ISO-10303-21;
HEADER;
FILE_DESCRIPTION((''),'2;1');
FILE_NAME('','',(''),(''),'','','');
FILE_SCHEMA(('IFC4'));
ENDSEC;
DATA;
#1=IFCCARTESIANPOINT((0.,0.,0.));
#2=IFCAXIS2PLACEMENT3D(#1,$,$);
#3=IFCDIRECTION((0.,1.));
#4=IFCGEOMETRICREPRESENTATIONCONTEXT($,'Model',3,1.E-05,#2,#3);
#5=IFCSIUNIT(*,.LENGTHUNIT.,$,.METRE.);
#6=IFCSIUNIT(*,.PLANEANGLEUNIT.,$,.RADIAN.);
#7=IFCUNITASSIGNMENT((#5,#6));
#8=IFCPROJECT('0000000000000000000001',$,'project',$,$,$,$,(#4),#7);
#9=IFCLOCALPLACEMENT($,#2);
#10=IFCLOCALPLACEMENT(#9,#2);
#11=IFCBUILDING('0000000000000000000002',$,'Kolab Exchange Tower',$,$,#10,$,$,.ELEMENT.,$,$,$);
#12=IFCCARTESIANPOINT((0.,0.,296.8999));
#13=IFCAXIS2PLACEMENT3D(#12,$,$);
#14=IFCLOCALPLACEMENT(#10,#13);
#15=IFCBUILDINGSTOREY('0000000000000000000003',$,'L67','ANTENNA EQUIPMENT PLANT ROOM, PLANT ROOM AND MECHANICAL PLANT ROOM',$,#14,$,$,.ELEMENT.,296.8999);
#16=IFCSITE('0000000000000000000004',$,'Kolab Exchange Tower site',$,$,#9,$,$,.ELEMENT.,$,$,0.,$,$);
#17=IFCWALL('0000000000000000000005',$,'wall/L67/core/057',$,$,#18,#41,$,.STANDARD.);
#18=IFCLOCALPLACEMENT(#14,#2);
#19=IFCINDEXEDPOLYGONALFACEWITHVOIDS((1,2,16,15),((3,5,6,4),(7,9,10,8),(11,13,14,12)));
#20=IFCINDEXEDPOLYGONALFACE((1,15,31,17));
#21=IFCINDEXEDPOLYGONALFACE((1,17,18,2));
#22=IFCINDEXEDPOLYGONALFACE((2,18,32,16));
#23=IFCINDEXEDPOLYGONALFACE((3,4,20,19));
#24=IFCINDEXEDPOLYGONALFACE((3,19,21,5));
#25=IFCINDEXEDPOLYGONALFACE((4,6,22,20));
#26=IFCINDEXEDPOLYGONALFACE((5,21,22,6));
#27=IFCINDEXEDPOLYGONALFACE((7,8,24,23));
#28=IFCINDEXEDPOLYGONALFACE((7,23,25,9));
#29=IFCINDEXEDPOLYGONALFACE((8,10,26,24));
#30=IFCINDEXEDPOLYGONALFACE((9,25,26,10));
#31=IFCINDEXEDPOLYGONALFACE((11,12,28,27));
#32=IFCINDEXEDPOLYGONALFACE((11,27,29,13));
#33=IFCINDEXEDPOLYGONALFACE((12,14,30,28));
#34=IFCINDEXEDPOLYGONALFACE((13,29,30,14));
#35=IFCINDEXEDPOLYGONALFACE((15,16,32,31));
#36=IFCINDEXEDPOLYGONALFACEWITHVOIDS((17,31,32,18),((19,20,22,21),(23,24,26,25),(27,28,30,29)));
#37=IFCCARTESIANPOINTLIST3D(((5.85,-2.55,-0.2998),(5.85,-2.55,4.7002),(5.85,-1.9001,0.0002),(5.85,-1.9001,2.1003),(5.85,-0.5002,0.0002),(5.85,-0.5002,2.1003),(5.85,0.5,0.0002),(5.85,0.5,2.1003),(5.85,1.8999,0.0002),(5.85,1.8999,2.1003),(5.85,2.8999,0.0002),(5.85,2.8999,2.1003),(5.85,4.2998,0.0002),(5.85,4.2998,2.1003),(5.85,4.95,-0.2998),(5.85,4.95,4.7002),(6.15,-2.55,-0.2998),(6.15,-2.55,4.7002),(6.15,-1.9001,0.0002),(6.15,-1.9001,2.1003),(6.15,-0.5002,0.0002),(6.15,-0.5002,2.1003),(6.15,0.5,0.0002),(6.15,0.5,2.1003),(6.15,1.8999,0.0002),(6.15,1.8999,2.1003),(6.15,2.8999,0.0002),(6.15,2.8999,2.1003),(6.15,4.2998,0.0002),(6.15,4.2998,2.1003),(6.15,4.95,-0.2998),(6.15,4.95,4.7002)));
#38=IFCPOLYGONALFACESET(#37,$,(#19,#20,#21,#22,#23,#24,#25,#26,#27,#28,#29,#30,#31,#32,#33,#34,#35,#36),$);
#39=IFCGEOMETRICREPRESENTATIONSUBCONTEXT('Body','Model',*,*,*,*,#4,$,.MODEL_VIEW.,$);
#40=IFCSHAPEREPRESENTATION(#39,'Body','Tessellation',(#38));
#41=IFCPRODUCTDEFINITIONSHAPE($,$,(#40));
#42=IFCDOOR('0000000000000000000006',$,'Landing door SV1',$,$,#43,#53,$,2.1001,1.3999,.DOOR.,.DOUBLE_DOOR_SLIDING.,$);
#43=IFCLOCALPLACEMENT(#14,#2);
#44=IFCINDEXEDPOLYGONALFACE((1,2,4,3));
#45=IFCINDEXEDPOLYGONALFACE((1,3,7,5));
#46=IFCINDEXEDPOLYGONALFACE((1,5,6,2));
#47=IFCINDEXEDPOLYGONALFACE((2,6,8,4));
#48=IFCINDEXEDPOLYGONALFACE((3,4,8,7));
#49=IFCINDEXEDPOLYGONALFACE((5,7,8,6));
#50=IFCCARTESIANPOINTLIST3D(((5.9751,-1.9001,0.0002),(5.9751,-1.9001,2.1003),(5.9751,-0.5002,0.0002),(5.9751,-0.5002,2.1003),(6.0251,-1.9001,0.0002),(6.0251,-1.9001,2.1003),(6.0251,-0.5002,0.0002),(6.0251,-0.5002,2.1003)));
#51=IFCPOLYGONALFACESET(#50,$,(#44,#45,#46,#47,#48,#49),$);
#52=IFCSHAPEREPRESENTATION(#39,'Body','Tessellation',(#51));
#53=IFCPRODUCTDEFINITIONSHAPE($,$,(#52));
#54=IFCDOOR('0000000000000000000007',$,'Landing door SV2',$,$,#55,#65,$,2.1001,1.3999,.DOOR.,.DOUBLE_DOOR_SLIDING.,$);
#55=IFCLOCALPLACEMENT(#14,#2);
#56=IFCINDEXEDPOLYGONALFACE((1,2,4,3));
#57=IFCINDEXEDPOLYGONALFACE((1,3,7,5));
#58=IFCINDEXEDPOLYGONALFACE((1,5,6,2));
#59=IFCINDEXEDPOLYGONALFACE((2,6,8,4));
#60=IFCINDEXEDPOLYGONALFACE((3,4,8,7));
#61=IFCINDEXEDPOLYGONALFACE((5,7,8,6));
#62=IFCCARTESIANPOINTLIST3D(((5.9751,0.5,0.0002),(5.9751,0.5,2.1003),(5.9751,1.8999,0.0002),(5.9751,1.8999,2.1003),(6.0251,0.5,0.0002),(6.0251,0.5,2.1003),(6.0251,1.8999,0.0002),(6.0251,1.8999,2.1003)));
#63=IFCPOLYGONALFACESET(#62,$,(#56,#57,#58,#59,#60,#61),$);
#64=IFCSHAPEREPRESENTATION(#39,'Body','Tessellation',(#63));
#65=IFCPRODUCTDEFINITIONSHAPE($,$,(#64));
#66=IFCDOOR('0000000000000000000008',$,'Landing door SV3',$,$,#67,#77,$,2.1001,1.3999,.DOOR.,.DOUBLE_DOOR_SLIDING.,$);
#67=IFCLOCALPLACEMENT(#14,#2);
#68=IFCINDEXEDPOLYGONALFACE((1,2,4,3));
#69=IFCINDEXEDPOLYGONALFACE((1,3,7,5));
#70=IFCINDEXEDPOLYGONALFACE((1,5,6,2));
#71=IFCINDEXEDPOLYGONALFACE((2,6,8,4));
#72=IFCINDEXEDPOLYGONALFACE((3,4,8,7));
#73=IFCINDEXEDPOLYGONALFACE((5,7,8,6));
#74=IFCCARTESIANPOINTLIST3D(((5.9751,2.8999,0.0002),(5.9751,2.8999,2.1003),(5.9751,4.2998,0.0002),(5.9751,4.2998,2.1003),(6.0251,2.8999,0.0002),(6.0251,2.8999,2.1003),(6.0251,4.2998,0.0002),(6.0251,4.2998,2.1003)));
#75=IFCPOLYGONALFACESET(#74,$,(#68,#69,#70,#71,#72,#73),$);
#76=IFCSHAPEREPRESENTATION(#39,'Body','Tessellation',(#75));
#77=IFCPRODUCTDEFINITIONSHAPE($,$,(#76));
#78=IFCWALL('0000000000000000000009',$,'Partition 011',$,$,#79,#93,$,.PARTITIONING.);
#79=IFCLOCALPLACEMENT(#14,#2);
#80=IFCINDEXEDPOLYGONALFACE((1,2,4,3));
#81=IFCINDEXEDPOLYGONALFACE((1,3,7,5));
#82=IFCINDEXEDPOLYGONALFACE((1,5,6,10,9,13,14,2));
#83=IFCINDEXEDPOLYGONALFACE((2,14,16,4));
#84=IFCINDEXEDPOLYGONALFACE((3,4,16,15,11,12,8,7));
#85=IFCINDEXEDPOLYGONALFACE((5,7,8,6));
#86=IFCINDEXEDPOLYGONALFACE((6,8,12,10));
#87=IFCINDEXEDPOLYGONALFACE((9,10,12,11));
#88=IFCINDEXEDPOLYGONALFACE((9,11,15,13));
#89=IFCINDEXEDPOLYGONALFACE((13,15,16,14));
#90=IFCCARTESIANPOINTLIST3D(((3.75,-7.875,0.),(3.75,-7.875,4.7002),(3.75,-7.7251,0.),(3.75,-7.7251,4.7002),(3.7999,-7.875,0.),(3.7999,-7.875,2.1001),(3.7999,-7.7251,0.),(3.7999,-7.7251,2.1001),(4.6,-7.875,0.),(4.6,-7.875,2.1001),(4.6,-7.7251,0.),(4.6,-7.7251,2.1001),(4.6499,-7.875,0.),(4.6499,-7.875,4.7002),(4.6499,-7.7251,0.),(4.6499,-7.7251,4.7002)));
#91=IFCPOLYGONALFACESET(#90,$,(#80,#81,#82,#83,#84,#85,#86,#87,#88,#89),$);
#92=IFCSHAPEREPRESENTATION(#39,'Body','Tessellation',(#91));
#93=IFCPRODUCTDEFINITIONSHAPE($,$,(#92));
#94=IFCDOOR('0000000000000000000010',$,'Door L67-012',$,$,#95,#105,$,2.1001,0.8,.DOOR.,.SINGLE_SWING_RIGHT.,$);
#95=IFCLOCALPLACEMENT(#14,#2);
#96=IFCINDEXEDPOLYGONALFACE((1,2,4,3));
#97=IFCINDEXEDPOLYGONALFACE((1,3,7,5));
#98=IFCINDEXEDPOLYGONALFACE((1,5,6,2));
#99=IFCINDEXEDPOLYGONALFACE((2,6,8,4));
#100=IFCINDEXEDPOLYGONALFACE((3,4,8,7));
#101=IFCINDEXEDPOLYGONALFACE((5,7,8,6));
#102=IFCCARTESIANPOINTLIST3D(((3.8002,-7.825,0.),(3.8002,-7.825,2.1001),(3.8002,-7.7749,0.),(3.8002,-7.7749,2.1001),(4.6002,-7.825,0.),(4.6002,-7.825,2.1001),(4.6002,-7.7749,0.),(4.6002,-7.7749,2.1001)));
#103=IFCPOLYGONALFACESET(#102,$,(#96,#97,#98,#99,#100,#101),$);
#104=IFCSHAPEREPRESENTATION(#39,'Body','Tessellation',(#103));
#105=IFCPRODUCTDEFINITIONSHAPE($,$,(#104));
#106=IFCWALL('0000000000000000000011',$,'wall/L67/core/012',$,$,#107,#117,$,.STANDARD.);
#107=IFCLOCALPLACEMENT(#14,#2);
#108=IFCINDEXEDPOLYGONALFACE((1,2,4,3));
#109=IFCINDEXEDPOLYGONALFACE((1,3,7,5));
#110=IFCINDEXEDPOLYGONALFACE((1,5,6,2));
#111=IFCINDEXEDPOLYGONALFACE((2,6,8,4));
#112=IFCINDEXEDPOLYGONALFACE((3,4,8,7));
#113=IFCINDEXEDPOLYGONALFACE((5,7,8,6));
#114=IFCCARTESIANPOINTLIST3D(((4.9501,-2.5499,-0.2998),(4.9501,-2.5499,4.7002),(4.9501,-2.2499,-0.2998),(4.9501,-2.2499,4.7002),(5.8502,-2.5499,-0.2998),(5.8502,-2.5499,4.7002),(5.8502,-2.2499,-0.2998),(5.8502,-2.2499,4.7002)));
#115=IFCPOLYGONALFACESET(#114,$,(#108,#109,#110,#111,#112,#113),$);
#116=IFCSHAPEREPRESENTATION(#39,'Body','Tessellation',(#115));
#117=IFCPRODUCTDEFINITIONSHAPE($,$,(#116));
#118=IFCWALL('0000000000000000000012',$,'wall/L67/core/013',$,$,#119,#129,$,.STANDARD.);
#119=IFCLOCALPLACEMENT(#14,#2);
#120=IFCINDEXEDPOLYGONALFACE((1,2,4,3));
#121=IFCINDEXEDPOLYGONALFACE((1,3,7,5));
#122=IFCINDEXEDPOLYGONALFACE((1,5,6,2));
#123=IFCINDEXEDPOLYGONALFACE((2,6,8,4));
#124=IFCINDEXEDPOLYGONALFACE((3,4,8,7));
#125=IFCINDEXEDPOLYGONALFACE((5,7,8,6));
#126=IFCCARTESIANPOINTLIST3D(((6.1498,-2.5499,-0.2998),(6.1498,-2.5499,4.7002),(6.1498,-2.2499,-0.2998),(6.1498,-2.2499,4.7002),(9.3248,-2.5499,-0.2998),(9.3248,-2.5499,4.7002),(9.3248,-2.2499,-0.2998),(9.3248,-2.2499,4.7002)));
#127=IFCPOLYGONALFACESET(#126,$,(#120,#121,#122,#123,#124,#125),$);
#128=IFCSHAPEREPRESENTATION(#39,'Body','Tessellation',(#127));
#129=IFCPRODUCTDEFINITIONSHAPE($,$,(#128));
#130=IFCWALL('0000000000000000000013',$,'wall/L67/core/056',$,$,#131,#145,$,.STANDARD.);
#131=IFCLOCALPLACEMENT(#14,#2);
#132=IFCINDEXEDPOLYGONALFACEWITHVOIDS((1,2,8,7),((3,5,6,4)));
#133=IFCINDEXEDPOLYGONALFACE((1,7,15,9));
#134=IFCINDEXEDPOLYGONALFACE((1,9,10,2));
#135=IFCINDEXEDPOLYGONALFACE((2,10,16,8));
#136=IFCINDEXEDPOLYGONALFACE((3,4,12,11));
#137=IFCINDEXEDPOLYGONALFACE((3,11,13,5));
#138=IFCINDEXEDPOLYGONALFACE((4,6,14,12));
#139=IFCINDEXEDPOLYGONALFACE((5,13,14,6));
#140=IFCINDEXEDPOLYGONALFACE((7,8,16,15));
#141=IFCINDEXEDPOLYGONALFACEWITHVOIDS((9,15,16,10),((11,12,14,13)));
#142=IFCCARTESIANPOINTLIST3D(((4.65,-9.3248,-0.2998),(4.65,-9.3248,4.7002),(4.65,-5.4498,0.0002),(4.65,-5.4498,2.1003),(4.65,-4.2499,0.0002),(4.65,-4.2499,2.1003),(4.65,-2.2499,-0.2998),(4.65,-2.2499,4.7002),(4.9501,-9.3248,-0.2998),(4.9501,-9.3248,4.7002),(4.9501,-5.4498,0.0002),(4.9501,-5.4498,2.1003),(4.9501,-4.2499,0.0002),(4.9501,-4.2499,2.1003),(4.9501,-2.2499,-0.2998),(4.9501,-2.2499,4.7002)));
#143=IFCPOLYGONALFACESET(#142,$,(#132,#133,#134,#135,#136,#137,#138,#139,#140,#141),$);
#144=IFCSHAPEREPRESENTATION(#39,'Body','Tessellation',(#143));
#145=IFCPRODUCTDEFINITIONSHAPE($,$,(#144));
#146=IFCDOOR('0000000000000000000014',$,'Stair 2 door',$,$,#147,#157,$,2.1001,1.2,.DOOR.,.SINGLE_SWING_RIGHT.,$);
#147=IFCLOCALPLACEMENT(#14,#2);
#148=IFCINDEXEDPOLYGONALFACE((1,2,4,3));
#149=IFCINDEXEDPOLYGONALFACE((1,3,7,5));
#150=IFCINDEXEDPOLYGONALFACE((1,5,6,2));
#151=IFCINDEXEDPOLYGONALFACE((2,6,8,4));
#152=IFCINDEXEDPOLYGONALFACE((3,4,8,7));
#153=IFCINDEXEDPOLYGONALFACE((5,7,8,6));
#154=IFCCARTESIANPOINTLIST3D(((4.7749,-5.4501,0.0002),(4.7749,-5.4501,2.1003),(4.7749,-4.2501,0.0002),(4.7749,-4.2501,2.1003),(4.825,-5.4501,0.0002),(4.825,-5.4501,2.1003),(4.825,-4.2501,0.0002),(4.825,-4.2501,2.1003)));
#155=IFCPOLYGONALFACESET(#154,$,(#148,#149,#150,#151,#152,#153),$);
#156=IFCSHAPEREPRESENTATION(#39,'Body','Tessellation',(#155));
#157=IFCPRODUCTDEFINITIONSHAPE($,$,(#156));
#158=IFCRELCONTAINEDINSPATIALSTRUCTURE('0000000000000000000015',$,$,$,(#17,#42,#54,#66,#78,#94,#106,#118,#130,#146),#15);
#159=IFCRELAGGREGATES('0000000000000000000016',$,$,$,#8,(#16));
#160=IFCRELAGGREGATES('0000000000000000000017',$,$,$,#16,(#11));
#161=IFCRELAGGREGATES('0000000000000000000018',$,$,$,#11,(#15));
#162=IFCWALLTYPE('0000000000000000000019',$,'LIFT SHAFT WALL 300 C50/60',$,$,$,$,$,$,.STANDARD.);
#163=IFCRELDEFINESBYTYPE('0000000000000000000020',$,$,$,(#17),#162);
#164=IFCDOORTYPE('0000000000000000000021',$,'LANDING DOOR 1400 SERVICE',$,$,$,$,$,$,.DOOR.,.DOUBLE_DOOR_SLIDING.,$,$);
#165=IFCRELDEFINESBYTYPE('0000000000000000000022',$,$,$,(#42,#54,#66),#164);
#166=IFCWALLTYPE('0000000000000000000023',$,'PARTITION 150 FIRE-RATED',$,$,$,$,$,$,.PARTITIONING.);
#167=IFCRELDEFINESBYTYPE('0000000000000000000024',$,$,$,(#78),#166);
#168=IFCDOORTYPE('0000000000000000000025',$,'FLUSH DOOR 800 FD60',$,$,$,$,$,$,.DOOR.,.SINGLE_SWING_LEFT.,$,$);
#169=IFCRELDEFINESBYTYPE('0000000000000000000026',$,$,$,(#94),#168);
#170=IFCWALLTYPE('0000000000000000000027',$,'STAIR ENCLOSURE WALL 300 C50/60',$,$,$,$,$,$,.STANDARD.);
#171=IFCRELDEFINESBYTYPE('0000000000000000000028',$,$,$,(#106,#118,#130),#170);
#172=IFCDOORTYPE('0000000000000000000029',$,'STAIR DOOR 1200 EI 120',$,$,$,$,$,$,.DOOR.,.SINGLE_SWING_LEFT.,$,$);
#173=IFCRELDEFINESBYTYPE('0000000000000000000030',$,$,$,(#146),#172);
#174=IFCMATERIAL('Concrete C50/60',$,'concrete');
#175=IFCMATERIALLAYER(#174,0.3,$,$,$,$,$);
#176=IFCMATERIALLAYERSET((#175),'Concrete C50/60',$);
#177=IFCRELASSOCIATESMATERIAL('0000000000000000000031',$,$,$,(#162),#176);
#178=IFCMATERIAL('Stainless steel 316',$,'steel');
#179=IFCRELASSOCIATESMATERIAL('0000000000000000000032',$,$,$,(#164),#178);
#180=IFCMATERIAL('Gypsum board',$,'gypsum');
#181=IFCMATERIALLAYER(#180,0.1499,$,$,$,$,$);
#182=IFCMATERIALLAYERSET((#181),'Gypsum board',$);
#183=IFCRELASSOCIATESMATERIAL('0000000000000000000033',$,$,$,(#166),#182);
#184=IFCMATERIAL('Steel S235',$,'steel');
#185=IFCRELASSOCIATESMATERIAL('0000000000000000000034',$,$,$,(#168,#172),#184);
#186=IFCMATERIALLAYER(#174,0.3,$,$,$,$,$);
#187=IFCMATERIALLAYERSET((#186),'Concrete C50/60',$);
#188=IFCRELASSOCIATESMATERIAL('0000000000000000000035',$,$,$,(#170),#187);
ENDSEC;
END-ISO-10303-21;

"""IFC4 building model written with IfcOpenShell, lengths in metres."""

from ifc_helpers import new_model, si_unit, direction, frame, frame_2d, origin, place, context, subcontext, project, spatial, rectangle, extrude, material, layer, layer_set, type_object, element, fill, save


model = new_model("IFC4")

# Units and contexts
model_context = context("Model", 3, precision=1e-05, world=origin(), true_north=direction((0.0, 1.0)))
body_context = subcontext(model_context, "Body", "Model", "MODEL_VIEW")
ifc_project = project(units=[si_unit("LENGTHUNIT", "METRE"), si_unit("PLANEANGLEUNIT", "RADIAN")], contexts=[model_context])

# Site, building, storey
site_placement = place(None, origin())
site = spatial("IfcSite", under=ifc_project, at=site_placement, Name="Kolab Exchange Tower site", CompositionType="ELEMENT", RefElevation=0.0)
building_placement = place(site_placement, origin())
building = spatial("IfcBuilding", under=site, at=building_placement, Name="Kolab Exchange Tower", CompositionType="ELEMENT")
storey_placement = place(building_placement, frame((0.0, 0.0, 296.8999)))
storey = spatial("IfcBuildingStorey", under=building, at=storey_placement, Name="L67", Description="ANTENNA EQUIPMENT PLANT ROOM, PLANT ROOM AND MECHANICAL PLANT ROOM", CompositionType="ELEMENT", Elevation=296.8999)

# Shared definitions
ifc_material_1 = material(Name="Concrete C50/60", Category="concrete")
ifc_layer_1 = layer(ifc_material_1, 0.3)
ifc_layer_set_1 = layer_set([ifc_layer_1], Name="Concrete C50/60")
wall_type_1 = type_object("IfcWallType", Name="LIFT SHAFT WALL 300 C50/60", PredefinedType="STANDARD", material=ifc_layer_set_1)

# Wall, openings, doors
wall_1_placement = place(storey_placement, frame((6.0, -2.55, -0.2998), z_axis=(0.0, 0.0, 1.0), x_axis=(0.0, 1.0, 0.0)))
wall_1 = element("IfcWall", 1, at=wall_1_placement, inside=storey, type_object=wall_type_1, Name="wall/L67/core/057", PredefinedType="STANDARD", context=body_context, shape_type="SweptSolid", body=[
    extrude(rectangle(XDim=7.5, YDim=0.3, at=frame_2d((3.75, 0.0))), origin(), (0.0, 0.0, 1.0), 5.0),
])
opening_1_placement = place(wall_1_placement, frame((0.6499, 0.0, 0.3)))
opening_1 = element("IfcOpeningElement", 2, at=opening_1_placement, cuts=wall_1, PredefinedType="OPENING", context=body_context, shape_type="SweptSolid", body=[
    extrude(rectangle(XDim=1.3999, YDim=2.1001, at=frame_2d((0.7, 1.05))), frame((0.0, 0.1602, 0.0), z_axis=(0.0, -1.0, 0.0), x_axis=(1.0, 0.0, 0.0)), (0.0, 0.0, 1.0), 0.3201),
])
opening_2_placement = place(wall_1_placement, frame((3.05, 0.0, 0.3)))
opening_2 = element("IfcOpeningElement", 3, at=opening_2_placement, cuts=wall_1, PredefinedType="OPENING", context=body_context, shape_type="SweptSolid", body=[
    extrude(rectangle(XDim=1.3999, YDim=2.1001, at=frame_2d((0.7, 1.05))), frame((0.0, 0.1602, 0.0), z_axis=(0.0, -1.0, 0.0), x_axis=(1.0, 0.0, 0.0)), (0.0, 0.0, 1.0), 0.3201),
])
opening_3_placement = place(wall_1_placement, frame((5.45, 0.0, 0.3)))
opening_3 = element("IfcOpeningElement", 4, at=opening_3_placement, cuts=wall_1, PredefinedType="OPENING", context=body_context, shape_type="SweptSolid", body=[
    extrude(rectangle(XDim=1.3999, YDim=2.1001, at=frame_2d((0.7, 1.05))), frame((0.0, 0.1602, 0.0), z_axis=(0.0, -1.0, 0.0), x_axis=(1.0, 0.0, 0.0)), (0.0, 0.0, 1.0), 0.3201),
])
ifc_material_2 = material(Name="Stainless steel 316", Category="steel")
door_type_1 = type_object("IfcDoorType", Name="LANDING DOOR 1400 SERVICE", OperationType="DOUBLE_DOOR_SLIDING", PredefinedType="DOOR", material=ifc_material_2)
door_1_placement = place(opening_1_placement, origin())
door_1 = element("IfcDoor", 5, at=door_1_placement, inside=storey, type_object=door_type_1, Name="Landing door SV1", OperationType="DOUBLE_DOOR_SLIDING", OverallHeight=2.1001, OverallWidth=1.3999, PredefinedType="DOOR", context=body_context, shape_type="SweptSolid", body=[
    extrude(rectangle(XDim=1.3999, YDim=2.1001, at=frame_2d((0.7, 1.05))), frame((0.0, 0.0249, 0.0), z_axis=(0.0, -1.0, 0.0), x_axis=(1.0, 0.0, 0.0)), (0.0, 0.0, 1.0), 0.05),
])
fill(opening_1, door_1)
door_2_placement = place(opening_2_placement, origin())
door_2 = element("IfcDoor", 6, at=door_2_placement, inside=storey, type_object=door_type_1, Name="Landing door SV2", OperationType="DOUBLE_DOOR_SLIDING", OverallHeight=2.1001, OverallWidth=1.3999, PredefinedType="DOOR", context=body_context, shape_type="SweptSolid", body=[
    extrude(rectangle(XDim=1.3999, YDim=2.1001, at=frame_2d((0.7, 1.05))), frame((0.0, 0.0249, 0.0), z_axis=(0.0, -1.0, 0.0), x_axis=(1.0, 0.0, 0.0)), (0.0, 0.0, 1.0), 0.05),
])
fill(opening_2, door_2)
door_3_placement = place(opening_3_placement, origin())
door_3 = element("IfcDoor", 7, at=door_3_placement, inside=storey, type_object=door_type_1, Name="Landing door SV3", OperationType="DOUBLE_DOOR_SLIDING", OverallHeight=2.1001, OverallWidth=1.3999, PredefinedType="DOOR", context=body_context, shape_type="SweptSolid", body=[
    extrude(rectangle(XDim=1.3999, YDim=2.1001, at=frame_2d((0.7, 1.05))), frame((0.0, 0.0249, 0.0), z_axis=(0.0, -1.0, 0.0), x_axis=(1.0, 0.0, 0.0)), (0.0, 0.0, 1.0), 0.05),
])
fill(opening_3, door_3)

# Wall, opening, door
ifc_material_3 = material(Name="Gypsum board", Category="gypsum")
ifc_layer_2 = layer(ifc_material_3, 0.1499)
ifc_layer_set_2 = layer_set([ifc_layer_2], Name="Gypsum board")
wall_type_2 = type_object("IfcWallType", Name="PARTITION 150 FIRE-RATED", PredefinedType="PARTITIONING", material=ifc_layer_set_2)
wall_2_placement = place(storey_placement, frame((3.75, -7.8, 0.0), z_axis=(0.0, 0.0, 1.0), x_axis=(1.0, 0.0, 0.0)))
wall_2 = element("IfcWall", 8, at=wall_2_placement, inside=storey, type_object=wall_type_2, Name="Partition 011", PredefinedType="PARTITIONING", context=body_context, shape_type="SweptSolid", body=[
    extrude(rectangle(XDim=0.8999, YDim=0.1499, at=frame_2d((0.45, 0.0))), origin(), (0.0, 0.0, 1.0), 4.7002),
])
opening_4_placement = place(wall_2_placement, frame((0.05, 0.0, 0.0)))
opening_4 = element("IfcOpeningElement", 9, at=opening_4_placement, cuts=wall_2, PredefinedType="OPENING", context=body_context, shape_type="SweptSolid", body=[
    extrude(rectangle(XDim=0.8, YDim=2.1001, at=frame_2d((0.3999, 1.05))), frame((0.0, 0.085, 0.0), z_axis=(0.0, -1.0, 0.0), x_axis=(1.0, 0.0, 0.0)), (0.0, 0.0, 1.0), 0.1699),
])
ifc_material_4 = material(Name="Steel S235", Category="steel")
door_type_2 = type_object("IfcDoorType", Name="FLUSH DOOR 800 FD60", OperationType="SINGLE_SWING_LEFT", PredefinedType="DOOR", material=ifc_material_4)
door_4_placement = place(opening_4_placement, frame((0.8, 0.0, 0.0), z_axis=(0.0, 0.0, 1.0), x_axis=(-1.0, 0.0, 0.0)))
door_4 = element("IfcDoor", 10, at=door_4_placement, inside=storey, type_object=door_type_2, Name="Door L67-012", OperationType="SINGLE_SWING_RIGHT", OverallHeight=2.1001, OverallWidth=0.8, PredefinedType="DOOR", context=body_context, shape_type="SweptSolid", body=[
    extrude(rectangle(XDim=0.8, YDim=2.1001, at=frame_2d((0.3999, 1.05))), frame((0.0, 0.0249, 0.0), z_axis=(0.0, -1.0, 0.0), x_axis=(1.0, 0.0, 0.0)), (0.0, 0.0, 1.0), 0.05),
])
fill(opening_4, door_4)

# Walls
ifc_layer_3 = layer(ifc_material_1, 0.3)
ifc_layer_set_3 = layer_set([ifc_layer_3], Name="Concrete C50/60")
wall_type_3 = type_object("IfcWallType", Name="STAIR ENCLOSURE WALL 300 C50/60", PredefinedType="STANDARD", material=ifc_layer_set_3)
wall_3_placement = place(storey_placement, frame((4.95, -2.3999, -0.2998), z_axis=(0.0, 0.0, 1.0), x_axis=(1.0, 0.0, 0.0)))
element("IfcWall", 11, at=wall_3_placement, inside=storey, type_object=wall_type_3, Name="wall/L67/core/012", PredefinedType="STANDARD", context=body_context, shape_type="SweptSolid", body=[
    extrude(rectangle(XDim=0.9001, YDim=0.3, at=frame_2d((0.4502, 0.0))), origin(), (0.0, 0.0, 1.0), 5.0),
])
wall_4_placement = place(storey_placement, frame((6.1499, -2.3999, -0.2998), z_axis=(0.0, 0.0, 1.0), x_axis=(1.0, 0.0, 0.0)))
element("IfcWall", 12, at=wall_4_placement, inside=storey, type_object=wall_type_3, Name="wall/L67/core/013", PredefinedType="STANDARD", context=body_context, shape_type="SweptSolid", body=[
    extrude(rectangle(XDim=3.175, YDim=0.3, at=frame_2d((1.5874, 0.0))), origin(), (0.0, 0.0, 1.0), 5.0),
])

# Wall, opening, door
wall_5_placement = place(storey_placement, frame((4.8, -9.325, -0.2998), z_axis=(0.0, 0.0, 1.0), x_axis=(0.0, 1.0, 0.0)))
wall_5 = element("IfcWall", 13, at=wall_5_placement, inside=storey, type_object=wall_type_3, Name="wall/L67/core/056", PredefinedType="STANDARD", context=body_context, shape_type="SweptSolid", body=[
    extrude(rectangle(XDim=7.075, YDim=0.3, at=frame_2d((3.5376, 0.0))), origin(), (0.0, 0.0, 1.0), 5.0),
])
opening_5_placement = place(wall_5_placement, frame((3.875, 0.0, 0.3)))
opening_5 = element("IfcOpeningElement", 14, at=opening_5_placement, cuts=wall_5, PredefinedType="OPENING", context=body_context, shape_type="SweptSolid", body=[
    extrude(rectangle(XDim=1.2, YDim=2.1001, at=frame_2d((0.6001, 1.05))), frame((0.0, 0.1602, 0.0), z_axis=(0.0, -1.0, 0.0), x_axis=(1.0, 0.0, 0.0)), (0.0, 0.0, 1.0), 0.3201),
])
door_type_3 = type_object("IfcDoorType", Name="STAIR DOOR 1200 EI 120", OperationType="SINGLE_SWING_LEFT", PredefinedType="DOOR", material=ifc_material_4)
door_5_placement = place(opening_5_placement, frame((1.2, 0.0, 0.0), z_axis=(0.0, 0.0, 1.0), x_axis=(-1.0, 0.0, 0.0)))
door_5 = element("IfcDoor", 15, at=door_5_placement, inside=storey, type_object=door_type_3, Name="Stair 2 door", OperationType="SINGLE_SWING_RIGHT", OverallHeight=2.1001, OverallWidth=1.2, PredefinedType="DOOR", context=body_context, shape_type="SweptSolid", body=[
    extrude(rectangle(XDim=1.2, YDim=2.1001, at=frame_2d((0.6001, 1.05))), frame((0.0, 0.0249, 0.0), z_axis=(0.0, -1.0, 0.0), x_axis=(1.0, 0.0, 0.0)), (0.0, 0.0, 1.0), 0.05),
])
fill(opening_5, door_5)

save(model, "model.ifc")
